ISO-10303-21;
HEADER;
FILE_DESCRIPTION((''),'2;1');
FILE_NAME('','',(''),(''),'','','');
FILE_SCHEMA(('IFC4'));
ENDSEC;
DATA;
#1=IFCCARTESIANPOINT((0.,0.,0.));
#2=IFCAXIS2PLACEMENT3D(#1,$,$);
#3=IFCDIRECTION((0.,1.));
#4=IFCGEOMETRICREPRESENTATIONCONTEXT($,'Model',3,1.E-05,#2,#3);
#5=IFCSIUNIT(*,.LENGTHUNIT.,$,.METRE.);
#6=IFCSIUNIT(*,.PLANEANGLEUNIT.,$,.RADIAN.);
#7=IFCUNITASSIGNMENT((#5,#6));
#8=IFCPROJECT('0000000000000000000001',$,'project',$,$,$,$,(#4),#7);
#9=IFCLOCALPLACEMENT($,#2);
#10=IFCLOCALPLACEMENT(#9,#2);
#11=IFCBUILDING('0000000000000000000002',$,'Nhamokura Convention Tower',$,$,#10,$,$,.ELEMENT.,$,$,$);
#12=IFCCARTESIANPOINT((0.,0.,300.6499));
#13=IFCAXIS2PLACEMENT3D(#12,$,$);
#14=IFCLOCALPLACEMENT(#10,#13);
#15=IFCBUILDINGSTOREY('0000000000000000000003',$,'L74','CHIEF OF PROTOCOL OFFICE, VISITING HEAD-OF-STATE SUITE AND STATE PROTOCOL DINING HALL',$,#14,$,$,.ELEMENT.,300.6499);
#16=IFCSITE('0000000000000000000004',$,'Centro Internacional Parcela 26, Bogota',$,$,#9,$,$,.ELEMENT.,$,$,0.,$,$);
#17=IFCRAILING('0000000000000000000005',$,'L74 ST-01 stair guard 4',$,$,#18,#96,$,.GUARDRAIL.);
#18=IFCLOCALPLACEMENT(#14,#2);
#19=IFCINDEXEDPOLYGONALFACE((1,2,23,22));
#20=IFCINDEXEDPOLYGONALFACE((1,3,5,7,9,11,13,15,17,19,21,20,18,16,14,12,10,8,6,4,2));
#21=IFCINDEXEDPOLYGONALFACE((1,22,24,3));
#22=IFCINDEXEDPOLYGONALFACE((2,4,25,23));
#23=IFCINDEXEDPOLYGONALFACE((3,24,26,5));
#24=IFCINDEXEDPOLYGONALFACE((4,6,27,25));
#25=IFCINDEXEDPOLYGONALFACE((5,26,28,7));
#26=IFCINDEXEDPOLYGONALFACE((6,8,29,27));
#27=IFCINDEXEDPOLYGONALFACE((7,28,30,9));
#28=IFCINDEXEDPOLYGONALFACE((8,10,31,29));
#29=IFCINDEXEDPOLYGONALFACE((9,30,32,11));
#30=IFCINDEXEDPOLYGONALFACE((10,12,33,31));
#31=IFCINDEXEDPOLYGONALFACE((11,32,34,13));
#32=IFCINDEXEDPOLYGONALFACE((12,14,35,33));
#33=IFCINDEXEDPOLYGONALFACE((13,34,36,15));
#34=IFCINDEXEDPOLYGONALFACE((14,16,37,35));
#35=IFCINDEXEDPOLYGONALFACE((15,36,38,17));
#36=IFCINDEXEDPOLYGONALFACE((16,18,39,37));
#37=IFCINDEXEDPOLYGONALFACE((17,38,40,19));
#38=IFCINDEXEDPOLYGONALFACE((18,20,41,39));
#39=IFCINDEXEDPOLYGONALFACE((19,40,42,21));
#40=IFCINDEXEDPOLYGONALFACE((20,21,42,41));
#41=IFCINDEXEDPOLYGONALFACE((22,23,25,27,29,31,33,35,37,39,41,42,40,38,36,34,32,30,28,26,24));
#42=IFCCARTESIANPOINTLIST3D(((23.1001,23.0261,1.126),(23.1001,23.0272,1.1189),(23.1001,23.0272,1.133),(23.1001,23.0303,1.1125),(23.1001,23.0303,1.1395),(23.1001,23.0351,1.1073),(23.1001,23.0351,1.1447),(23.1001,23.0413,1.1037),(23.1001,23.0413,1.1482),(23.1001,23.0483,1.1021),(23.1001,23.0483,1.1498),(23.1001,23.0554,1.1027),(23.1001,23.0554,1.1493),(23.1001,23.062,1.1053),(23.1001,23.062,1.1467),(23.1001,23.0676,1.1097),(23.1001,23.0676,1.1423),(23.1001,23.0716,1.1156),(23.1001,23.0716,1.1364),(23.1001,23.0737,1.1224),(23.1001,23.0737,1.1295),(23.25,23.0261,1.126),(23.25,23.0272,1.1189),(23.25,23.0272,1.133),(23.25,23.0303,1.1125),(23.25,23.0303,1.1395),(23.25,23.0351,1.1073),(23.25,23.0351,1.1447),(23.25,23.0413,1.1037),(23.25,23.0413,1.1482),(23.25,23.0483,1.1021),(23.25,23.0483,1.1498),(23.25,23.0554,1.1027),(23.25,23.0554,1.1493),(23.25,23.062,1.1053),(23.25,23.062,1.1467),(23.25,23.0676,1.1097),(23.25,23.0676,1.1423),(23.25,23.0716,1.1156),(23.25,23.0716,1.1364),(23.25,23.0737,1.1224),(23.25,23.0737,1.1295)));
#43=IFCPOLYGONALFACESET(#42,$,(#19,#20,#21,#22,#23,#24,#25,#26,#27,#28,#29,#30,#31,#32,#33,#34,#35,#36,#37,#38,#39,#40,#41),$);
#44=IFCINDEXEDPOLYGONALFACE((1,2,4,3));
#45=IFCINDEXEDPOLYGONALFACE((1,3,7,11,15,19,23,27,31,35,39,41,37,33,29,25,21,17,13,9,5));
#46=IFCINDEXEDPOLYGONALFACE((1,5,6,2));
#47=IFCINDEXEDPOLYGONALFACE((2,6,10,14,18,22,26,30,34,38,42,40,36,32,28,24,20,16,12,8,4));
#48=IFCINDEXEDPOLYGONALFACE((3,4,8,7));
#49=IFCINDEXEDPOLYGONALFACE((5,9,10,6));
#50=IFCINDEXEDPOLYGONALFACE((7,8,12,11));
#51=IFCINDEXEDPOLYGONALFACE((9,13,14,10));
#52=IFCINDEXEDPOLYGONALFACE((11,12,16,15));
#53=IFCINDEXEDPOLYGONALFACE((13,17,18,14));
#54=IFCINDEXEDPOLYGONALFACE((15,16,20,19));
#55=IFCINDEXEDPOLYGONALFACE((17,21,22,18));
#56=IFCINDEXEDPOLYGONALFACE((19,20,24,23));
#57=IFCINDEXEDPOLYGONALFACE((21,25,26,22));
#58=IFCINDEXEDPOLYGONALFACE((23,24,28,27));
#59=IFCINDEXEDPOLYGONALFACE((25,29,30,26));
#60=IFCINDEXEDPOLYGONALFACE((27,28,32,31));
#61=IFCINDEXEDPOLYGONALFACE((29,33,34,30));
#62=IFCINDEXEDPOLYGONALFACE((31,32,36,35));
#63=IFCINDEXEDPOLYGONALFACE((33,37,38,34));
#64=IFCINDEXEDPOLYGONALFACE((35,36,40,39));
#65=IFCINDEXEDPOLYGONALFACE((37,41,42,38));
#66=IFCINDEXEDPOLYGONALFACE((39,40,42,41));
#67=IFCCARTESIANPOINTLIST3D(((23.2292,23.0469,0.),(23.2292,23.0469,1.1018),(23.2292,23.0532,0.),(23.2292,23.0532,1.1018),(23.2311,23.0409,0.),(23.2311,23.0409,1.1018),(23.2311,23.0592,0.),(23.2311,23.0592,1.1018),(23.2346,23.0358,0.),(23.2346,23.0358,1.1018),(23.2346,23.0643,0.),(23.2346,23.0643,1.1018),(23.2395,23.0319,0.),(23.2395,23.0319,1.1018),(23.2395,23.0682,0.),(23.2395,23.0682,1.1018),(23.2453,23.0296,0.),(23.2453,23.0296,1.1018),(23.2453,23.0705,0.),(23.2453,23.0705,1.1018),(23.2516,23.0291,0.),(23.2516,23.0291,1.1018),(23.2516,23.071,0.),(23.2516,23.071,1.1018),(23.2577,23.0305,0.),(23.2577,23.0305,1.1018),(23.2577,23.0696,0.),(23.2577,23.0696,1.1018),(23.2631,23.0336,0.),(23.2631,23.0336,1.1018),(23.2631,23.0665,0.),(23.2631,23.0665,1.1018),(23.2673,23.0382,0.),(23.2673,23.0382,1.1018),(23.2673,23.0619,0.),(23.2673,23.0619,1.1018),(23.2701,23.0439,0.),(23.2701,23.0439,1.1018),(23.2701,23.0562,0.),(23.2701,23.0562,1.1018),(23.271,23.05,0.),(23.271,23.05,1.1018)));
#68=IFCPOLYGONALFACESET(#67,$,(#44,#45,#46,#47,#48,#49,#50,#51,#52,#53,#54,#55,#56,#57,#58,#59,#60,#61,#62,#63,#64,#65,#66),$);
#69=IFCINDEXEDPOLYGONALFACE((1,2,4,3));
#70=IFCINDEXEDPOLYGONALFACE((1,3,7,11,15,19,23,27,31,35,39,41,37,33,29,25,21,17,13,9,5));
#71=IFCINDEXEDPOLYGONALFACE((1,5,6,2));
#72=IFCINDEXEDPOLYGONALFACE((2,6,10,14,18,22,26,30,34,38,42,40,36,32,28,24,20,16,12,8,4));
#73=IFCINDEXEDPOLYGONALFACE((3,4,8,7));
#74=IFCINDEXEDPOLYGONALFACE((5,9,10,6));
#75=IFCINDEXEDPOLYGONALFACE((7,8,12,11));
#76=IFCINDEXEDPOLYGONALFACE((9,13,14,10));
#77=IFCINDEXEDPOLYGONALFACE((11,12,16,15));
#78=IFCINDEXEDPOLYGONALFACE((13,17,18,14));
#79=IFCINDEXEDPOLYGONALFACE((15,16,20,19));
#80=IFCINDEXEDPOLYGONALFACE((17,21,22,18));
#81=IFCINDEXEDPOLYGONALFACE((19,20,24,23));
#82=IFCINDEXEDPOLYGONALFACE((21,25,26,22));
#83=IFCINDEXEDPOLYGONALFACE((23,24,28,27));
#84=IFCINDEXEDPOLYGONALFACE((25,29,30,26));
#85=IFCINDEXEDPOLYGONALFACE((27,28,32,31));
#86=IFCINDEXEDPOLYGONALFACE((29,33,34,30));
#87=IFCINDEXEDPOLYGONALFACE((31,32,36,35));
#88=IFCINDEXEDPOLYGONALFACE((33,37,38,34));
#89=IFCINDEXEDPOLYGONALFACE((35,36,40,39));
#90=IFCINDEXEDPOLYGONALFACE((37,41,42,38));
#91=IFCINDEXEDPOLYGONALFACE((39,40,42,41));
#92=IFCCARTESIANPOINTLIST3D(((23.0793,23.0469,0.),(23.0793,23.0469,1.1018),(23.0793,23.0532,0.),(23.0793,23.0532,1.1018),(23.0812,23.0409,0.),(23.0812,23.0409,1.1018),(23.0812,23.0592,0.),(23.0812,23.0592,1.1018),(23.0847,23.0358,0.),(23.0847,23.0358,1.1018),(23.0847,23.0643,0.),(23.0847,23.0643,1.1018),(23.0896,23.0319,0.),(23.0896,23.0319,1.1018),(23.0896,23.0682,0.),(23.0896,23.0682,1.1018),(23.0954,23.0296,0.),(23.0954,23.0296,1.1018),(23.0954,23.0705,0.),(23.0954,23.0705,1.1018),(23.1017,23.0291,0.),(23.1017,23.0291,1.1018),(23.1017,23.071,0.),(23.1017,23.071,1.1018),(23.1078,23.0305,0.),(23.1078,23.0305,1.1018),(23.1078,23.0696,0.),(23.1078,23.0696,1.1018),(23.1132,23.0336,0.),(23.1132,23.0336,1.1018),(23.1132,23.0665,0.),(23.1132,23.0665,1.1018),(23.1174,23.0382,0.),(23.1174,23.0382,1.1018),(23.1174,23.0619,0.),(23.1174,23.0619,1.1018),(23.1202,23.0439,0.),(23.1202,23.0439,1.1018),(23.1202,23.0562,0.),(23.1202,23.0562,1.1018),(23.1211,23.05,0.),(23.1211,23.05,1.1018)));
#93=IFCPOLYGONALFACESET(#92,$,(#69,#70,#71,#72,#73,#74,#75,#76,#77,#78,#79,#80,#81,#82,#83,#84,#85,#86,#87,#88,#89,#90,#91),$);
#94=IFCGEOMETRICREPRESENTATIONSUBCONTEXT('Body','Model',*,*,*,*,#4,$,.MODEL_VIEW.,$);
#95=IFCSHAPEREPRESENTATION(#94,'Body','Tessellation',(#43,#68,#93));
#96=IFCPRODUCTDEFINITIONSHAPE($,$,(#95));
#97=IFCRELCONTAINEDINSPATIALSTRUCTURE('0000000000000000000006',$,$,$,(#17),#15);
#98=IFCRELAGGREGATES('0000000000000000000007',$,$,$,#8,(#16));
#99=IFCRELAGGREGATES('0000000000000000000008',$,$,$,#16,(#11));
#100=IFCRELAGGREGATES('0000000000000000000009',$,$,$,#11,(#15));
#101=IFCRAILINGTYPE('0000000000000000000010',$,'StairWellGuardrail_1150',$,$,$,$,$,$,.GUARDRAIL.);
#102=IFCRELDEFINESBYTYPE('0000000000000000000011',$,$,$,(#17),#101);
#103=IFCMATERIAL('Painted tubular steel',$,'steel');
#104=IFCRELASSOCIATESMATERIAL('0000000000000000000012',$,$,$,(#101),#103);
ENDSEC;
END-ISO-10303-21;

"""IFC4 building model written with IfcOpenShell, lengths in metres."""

from ifc_helpers import new_model, si_unit, direction, frame, origin, origin_2d, place, context, subcontext, project, spatial, circle, extrude, material, type_object, element, save


model = new_model("IFC4")

# Units and contexts
model_context = context("Model", 3, precision=1e-05, world=origin(), true_north=direction((0.0, 1.0)))
body_context = subcontext(model_context, "Body", "Model", "MODEL_VIEW")
ifc_project = project(units=[si_unit("LENGTHUNIT", "METRE"), si_unit("PLANEANGLEUNIT", "RADIAN")], contexts=[model_context])

# Site, building, storey
site_placement = place(None, origin())
site = spatial("IfcSite", under=ifc_project, at=site_placement, Name="Centro Internacional Parcela 26, Bogota", CompositionType="ELEMENT", RefElevation=0.0)
building_placement = place(site_placement, origin())
building = spatial("IfcBuilding", under=site, at=building_placement, Name="Nhamokura Convention Tower", CompositionType="ELEMENT")
storey_placement = place(building_placement, frame((0.0, 0.0, 300.6499)))
storey = spatial("IfcBuildingStorey", under=building, at=storey_placement, Name="L74", Description="CHIEF OF PROTOCOL OFFICE, VISITING HEAD-OF-STATE SUITE AND STATE PROTOCOL DINING HALL", CompositionType="ELEMENT", Elevation=300.6499)

# Railing
ifc_material_1 = material(Name="Painted tubular steel", Category="steel")
railing_type_1 = type_object("IfcRailingType", Name="StairWellGuardrail_1150", PredefinedType="GUARDRAIL", material=ifc_material_1)
railing_1_placement = place(storey_placement, frame((23.25, 23.05, 0.0)))
element("IfcRailing", 1, at=railing_1_placement, inside=storey, type_object=railing_type_1, Name="L74 ST-01 stair guard 4", PredefinedType="GUARDRAIL", context=body_context, shape_type="SweptSolid", body=[
    extrude(circle(Radius=0.0239, at=origin_2d()), frame((0.0, 0.0, 1.126), z_axis=(-1.0, 0.0, 0.0), x_axis=(0.0, -1.0, 0.0)), (0.0, 0.0, 1.0), 0.1499),
    extrude(circle(Radius=0.021, at=origin_2d()), origin(), (0.0, 0.0, 1.0), 1.1018),
    extrude(circle(Radius=0.021, at=origin_2d()), frame((-0.1499, 0.0, 0.0)), (0.0, 0.0, 1.0), 1.1018),
])

save(model, "model.ifc")
